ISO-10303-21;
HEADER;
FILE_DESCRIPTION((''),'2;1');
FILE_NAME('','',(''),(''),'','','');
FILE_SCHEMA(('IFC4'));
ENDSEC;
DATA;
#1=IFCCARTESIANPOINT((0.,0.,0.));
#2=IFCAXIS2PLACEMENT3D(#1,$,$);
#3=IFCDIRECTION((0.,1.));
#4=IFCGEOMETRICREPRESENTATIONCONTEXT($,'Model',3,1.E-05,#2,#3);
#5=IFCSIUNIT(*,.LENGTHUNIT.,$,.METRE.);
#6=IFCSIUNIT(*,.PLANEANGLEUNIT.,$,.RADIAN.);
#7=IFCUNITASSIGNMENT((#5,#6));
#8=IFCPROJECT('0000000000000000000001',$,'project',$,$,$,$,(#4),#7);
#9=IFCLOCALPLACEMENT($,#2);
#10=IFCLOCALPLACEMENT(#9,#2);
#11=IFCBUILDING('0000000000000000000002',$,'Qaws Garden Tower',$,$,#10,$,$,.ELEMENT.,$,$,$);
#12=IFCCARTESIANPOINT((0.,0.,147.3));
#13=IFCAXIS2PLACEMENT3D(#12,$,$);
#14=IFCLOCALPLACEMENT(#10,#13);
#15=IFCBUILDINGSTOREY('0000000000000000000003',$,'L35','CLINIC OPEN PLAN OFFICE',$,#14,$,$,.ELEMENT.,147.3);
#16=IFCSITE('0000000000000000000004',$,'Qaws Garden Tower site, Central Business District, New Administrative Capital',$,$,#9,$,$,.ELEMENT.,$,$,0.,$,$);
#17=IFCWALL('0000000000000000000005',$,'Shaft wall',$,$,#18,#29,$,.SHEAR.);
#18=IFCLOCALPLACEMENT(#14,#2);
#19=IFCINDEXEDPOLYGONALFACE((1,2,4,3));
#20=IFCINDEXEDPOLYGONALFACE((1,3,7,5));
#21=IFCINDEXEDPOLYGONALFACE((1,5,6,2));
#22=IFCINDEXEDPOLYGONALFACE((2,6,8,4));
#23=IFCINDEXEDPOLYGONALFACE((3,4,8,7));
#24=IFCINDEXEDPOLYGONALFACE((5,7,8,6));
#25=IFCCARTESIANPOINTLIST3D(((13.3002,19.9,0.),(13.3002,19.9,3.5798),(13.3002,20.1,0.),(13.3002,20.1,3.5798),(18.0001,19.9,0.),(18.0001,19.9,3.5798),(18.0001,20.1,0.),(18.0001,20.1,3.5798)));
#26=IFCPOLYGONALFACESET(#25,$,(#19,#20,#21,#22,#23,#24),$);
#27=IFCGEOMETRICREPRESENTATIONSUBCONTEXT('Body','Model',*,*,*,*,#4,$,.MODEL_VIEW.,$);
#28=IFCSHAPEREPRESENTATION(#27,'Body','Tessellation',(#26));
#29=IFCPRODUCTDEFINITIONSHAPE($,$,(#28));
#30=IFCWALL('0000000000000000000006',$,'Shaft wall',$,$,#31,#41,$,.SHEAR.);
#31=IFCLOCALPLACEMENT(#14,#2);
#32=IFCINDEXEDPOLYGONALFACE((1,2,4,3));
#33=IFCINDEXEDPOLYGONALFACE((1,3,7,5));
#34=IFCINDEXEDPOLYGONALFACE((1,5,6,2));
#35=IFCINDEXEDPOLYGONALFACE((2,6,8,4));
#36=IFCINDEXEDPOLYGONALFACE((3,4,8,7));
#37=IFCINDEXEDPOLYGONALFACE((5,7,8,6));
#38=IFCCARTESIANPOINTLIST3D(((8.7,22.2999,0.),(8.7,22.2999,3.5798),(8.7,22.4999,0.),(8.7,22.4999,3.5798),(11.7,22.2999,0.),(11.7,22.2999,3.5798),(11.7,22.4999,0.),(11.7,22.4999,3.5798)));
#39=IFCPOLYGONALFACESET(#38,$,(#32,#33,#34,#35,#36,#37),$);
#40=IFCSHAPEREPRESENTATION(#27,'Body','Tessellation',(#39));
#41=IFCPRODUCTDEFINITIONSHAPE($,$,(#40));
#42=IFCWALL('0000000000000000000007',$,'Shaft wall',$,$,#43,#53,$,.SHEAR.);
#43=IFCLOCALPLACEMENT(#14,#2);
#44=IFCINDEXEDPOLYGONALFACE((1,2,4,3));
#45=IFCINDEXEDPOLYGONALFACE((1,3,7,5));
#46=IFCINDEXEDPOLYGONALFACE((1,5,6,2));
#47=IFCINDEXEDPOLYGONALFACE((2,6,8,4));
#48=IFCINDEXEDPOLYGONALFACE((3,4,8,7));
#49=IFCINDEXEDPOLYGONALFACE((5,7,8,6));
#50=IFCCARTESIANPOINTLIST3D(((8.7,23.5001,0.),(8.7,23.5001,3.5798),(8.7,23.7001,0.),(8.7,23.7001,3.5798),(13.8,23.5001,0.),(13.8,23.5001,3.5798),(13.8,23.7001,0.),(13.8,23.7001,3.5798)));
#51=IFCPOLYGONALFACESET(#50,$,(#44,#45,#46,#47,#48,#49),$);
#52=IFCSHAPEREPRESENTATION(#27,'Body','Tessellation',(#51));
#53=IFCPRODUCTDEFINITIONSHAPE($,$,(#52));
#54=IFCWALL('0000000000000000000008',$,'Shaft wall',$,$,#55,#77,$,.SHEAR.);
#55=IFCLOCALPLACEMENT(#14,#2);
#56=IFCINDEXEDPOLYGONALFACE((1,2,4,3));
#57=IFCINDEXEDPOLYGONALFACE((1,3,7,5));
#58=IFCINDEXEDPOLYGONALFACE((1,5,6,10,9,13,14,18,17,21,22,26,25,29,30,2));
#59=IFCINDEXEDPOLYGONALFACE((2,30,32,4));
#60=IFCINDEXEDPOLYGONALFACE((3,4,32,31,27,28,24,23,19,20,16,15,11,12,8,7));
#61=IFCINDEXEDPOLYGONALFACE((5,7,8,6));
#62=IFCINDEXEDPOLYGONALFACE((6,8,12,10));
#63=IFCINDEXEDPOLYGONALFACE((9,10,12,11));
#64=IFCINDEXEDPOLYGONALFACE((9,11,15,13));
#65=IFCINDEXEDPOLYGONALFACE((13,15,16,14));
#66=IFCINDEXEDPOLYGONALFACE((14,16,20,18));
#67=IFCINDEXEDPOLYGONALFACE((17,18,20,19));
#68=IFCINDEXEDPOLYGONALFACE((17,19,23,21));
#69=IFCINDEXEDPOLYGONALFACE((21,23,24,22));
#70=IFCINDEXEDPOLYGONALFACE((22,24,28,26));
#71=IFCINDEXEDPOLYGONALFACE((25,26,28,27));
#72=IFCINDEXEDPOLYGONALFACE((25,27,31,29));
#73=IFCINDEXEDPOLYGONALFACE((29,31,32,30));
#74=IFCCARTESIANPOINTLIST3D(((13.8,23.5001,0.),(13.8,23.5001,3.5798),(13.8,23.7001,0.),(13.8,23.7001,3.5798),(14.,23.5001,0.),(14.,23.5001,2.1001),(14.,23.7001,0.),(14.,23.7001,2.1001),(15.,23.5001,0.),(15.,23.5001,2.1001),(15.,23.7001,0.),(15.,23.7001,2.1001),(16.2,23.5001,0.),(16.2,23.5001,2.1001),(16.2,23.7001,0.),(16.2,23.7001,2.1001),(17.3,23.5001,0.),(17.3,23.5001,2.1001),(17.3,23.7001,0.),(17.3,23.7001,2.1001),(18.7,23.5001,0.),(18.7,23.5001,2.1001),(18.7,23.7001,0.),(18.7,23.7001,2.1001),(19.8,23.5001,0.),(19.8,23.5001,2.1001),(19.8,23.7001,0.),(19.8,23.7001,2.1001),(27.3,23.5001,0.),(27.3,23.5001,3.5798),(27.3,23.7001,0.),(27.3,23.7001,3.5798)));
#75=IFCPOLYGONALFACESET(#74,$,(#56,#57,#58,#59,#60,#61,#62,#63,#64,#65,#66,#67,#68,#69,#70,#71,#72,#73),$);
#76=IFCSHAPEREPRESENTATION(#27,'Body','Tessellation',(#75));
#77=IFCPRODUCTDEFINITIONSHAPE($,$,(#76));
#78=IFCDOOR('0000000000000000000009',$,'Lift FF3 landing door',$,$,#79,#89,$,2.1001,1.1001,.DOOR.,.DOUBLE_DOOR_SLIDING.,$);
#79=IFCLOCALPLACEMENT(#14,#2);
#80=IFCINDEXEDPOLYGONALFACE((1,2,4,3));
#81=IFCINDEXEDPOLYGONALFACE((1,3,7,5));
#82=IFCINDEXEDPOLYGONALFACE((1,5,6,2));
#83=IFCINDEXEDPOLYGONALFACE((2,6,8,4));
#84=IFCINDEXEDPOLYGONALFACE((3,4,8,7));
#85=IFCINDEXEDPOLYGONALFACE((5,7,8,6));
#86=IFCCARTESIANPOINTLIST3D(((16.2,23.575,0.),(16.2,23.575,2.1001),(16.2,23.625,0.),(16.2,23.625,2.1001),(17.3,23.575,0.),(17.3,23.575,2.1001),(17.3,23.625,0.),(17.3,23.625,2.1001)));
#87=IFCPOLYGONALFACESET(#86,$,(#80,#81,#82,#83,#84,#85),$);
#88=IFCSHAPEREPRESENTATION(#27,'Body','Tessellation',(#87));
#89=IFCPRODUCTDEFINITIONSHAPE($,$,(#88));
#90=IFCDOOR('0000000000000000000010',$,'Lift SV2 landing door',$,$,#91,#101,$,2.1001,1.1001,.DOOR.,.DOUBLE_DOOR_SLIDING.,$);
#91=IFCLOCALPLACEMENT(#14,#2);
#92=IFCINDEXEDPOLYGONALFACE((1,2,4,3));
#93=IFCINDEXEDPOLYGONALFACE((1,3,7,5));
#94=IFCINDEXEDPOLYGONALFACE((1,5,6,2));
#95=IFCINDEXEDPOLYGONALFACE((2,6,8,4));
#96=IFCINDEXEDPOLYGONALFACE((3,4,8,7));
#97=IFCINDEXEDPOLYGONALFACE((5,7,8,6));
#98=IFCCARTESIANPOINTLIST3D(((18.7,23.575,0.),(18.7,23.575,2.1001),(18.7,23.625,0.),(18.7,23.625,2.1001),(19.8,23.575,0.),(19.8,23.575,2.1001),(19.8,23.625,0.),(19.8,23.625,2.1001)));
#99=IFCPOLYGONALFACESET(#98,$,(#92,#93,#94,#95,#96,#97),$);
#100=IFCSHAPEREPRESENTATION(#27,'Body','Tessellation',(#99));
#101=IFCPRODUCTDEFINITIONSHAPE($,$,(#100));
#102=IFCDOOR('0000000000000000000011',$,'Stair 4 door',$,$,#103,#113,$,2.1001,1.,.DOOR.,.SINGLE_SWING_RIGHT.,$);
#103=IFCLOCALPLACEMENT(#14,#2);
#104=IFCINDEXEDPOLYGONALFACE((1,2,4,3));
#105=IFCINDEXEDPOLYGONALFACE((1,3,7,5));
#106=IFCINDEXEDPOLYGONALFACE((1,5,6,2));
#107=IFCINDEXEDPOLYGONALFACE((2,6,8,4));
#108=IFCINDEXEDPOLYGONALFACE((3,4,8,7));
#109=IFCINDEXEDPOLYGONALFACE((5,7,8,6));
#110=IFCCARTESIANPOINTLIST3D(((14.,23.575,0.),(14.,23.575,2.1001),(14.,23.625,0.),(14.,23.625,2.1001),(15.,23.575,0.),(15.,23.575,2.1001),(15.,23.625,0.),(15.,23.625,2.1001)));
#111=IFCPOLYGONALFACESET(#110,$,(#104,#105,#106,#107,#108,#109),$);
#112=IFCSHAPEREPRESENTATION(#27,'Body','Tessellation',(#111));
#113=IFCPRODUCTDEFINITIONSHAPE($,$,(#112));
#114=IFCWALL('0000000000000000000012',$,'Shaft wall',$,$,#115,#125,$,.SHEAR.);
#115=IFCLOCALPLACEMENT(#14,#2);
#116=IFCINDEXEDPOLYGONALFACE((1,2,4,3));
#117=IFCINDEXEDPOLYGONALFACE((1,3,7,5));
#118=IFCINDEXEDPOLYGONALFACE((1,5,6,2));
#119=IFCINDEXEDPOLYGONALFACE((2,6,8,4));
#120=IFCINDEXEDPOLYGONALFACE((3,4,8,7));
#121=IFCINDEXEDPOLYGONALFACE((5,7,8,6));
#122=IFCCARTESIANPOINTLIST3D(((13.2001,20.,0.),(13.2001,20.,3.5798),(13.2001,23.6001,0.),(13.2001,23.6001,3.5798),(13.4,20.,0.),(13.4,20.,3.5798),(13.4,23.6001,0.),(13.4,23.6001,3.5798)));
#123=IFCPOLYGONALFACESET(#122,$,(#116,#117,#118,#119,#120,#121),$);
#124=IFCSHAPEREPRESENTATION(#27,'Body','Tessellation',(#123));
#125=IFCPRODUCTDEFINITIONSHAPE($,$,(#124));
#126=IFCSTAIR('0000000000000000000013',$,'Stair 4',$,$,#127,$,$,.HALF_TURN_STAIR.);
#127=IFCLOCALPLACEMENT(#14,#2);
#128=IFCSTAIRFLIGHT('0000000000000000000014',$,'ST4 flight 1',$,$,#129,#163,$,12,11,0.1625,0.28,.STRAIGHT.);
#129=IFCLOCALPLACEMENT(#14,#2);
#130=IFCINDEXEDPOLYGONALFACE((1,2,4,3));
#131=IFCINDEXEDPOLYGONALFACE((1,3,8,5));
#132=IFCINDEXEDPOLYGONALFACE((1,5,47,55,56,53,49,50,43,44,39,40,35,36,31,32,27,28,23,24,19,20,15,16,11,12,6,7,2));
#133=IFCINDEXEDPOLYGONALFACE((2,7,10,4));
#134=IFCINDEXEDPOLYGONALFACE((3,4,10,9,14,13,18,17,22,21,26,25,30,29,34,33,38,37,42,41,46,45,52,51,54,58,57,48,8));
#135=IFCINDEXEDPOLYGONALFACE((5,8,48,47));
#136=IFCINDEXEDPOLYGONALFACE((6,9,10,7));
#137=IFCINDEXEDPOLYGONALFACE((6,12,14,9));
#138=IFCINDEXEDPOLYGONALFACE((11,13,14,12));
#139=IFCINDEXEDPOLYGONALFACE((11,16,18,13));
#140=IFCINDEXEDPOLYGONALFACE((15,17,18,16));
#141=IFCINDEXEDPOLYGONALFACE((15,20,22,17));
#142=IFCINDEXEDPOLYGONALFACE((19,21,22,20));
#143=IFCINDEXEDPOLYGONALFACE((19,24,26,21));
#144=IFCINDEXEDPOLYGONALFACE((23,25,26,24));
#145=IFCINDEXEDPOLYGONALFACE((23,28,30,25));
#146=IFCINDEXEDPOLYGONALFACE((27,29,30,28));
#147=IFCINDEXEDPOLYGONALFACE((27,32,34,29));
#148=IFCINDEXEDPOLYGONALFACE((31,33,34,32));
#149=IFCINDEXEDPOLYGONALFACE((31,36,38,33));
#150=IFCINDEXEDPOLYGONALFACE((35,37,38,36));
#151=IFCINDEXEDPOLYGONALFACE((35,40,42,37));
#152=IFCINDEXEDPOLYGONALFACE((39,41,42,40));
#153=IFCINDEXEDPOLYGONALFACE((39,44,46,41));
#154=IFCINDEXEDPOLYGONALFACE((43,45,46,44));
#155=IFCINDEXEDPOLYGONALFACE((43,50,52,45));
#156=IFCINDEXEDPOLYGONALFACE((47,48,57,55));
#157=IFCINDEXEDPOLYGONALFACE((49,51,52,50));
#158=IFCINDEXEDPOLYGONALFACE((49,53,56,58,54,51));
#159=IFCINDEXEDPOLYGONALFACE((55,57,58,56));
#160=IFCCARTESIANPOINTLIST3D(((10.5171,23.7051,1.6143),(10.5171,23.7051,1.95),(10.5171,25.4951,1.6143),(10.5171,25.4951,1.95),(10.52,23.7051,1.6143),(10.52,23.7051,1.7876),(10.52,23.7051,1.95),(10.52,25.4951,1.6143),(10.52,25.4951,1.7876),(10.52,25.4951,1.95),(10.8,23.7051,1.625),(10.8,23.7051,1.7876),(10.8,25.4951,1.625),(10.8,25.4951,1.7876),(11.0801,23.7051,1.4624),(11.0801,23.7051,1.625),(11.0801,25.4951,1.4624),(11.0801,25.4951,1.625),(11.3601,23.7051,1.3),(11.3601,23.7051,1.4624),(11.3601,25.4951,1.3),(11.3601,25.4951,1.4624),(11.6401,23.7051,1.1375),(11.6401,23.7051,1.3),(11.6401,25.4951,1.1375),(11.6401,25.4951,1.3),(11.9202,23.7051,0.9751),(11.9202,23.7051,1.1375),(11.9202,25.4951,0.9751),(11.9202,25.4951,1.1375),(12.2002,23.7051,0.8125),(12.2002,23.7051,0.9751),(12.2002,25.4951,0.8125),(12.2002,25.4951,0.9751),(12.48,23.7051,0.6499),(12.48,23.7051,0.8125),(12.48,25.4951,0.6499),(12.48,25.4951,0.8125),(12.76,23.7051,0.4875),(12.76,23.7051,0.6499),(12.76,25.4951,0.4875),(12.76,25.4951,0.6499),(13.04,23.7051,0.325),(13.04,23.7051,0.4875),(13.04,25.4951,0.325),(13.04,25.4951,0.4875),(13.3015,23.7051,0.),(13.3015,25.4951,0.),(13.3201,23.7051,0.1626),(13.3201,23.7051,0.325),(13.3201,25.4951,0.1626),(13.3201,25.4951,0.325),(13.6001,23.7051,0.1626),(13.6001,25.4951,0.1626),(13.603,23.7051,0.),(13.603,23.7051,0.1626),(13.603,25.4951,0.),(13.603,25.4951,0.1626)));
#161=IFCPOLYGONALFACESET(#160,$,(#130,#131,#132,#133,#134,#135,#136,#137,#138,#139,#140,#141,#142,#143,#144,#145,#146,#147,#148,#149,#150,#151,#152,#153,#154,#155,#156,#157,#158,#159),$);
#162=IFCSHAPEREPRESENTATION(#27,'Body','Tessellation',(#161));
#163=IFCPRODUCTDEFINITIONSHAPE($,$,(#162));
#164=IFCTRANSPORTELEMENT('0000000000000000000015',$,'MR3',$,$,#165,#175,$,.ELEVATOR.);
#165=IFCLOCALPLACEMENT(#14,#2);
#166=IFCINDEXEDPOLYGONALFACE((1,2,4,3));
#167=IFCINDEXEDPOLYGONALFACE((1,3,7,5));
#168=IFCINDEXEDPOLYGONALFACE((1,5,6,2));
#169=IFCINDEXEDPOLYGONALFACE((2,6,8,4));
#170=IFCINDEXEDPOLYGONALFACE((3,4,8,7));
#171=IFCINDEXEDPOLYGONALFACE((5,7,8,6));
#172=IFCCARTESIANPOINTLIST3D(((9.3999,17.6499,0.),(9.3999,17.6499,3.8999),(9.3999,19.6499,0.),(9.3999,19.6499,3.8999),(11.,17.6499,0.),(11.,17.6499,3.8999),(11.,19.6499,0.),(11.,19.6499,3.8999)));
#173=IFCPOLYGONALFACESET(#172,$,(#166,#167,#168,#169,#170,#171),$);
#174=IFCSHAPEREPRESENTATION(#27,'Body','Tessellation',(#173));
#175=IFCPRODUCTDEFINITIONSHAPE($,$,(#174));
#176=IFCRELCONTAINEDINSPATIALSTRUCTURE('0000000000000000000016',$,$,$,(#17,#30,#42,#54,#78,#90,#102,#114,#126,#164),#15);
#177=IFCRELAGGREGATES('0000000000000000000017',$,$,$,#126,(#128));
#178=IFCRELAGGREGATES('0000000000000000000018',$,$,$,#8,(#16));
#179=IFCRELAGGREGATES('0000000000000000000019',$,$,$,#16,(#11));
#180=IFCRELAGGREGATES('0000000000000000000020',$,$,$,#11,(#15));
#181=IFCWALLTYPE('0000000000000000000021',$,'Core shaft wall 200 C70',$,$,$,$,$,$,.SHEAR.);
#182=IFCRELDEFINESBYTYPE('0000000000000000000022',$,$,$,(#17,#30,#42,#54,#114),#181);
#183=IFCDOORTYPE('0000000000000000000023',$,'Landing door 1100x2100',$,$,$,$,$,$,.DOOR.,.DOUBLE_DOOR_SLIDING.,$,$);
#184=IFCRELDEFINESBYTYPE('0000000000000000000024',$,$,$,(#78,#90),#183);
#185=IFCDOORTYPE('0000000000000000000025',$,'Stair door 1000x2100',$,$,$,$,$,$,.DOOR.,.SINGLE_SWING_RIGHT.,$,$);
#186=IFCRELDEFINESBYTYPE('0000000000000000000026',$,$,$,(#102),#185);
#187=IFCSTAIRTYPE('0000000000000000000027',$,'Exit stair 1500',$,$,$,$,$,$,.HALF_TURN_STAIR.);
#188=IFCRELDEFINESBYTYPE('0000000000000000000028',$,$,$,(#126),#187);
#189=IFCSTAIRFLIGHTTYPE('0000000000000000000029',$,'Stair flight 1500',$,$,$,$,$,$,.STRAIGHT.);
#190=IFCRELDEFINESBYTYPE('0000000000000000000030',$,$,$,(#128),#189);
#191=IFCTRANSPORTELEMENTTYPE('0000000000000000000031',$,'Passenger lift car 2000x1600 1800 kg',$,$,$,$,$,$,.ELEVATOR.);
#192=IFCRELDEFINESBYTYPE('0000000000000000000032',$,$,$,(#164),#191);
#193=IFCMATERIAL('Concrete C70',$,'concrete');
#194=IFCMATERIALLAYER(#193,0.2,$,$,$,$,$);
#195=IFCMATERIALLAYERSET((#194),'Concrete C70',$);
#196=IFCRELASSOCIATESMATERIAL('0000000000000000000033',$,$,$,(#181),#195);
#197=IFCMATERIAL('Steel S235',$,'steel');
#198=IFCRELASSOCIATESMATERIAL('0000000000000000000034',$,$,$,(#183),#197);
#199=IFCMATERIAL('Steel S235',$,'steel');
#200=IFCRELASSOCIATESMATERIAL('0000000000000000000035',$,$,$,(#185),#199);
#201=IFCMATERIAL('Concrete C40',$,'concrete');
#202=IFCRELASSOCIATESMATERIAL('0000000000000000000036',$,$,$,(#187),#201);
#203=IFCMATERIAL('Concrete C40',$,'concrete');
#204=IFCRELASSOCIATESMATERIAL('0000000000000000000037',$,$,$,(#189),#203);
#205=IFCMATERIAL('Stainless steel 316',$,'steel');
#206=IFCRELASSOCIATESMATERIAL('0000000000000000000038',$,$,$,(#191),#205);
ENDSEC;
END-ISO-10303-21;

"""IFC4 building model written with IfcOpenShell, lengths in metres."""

from ifc_helpers import new_model, si_unit, direction, frame, frame_2d, origin, origin_2d, place, context, subcontext, project, spatial, polyline, rectangle, outline, extrude, material, layer, layer_set, type_object, element, fill, aggregate, save


model = new_model("IFC4")

# Units and contexts
model_context = context("Model", 3, precision=1e-05, world=origin(), true_north=direction((0.0, 1.0)))
body_context = subcontext(model_context, "Body", "Model", "MODEL_VIEW")
ifc_project = project(units=[si_unit("LENGTHUNIT", "METRE"), si_unit("PLANEANGLEUNIT", "RADIAN")], contexts=[model_context])

# Site, building, storey
site_placement = place(None, origin())
site = spatial("IfcSite", under=ifc_project, at=site_placement, Name="Qaws Garden Tower site, Central Business District, New Administrative Capital", CompositionType="ELEMENT", RefElevation=0.0)
building_placement = place(site_placement, origin())
building = spatial("IfcBuilding", under=site, at=building_placement, Name="Qaws Garden Tower", CompositionType="ELEMENT")
storey_placement = place(building_placement, frame((0.0, 0.0, 147.3)))
storey = spatial("IfcBuildingStorey", under=building, at=storey_placement, Name="L35", Description="CLINIC OPEN PLAN OFFICE", CompositionType="ELEMENT", Elevation=147.3)

# Walls
ifc_material_1 = material(Name="Concrete C70", Category="concrete")
ifc_layer_1 = layer(ifc_material_1, 0.2)
ifc_layer_set_1 = layer_set([ifc_layer_1], Name="Concrete C70")
wall_type_1 = type_object("IfcWallType", Name="Core shaft wall 200 C70", PredefinedType="SHEAR", material=ifc_layer_set_1)
wall_1_placement = place(storey_placement, frame((13.3, 20.0, 0.0), z_axis=(0.0, 0.0, 1.0), x_axis=(1.0, 0.0, 0.0)))
element("IfcWall", 1, at=wall_1_placement, inside=storey, type_object=wall_type_1, Name="Shaft wall", PredefinedType="SHEAR", context=body_context, shape_type="SweptSolid", body=[
    extrude(rectangle(XDim=4.7, YDim=0.2, at=frame_2d((2.3501, 0.0))), origin(), (0.0, 0.0, 1.0), 3.5798),
])
wall_2_placement = place(storey_placement, frame((8.7, 22.3999, 0.0), z_axis=(0.0, 0.0, 1.0), x_axis=(1.0, 0.0, 0.0)))
element("IfcWall", 2, at=wall_2_placement, inside=storey, type_object=wall_type_1, Name="Shaft wall", PredefinedType="SHEAR", context=body_context, shape_type="SweptSolid", body=[
    extrude(rectangle(XDim=3.0, YDim=0.2, at=frame_2d((1.5, 0.0))), origin(), (0.0, 0.0, 1.0), 3.5798),
])
wall_3_placement = place(storey_placement, frame((8.7, 23.6001, 0.0), z_axis=(0.0, 0.0, 1.0), x_axis=(1.0, 0.0, 0.0)))
element("IfcWall", 3, at=wall_3_placement, inside=storey, type_object=wall_type_1, Name="Shaft wall", PredefinedType="SHEAR", context=body_context, shape_type="SweptSolid", body=[
    extrude(rectangle(XDim=5.1001, YDim=0.2, at=frame_2d((2.55, 0.0))), origin(), (0.0, 0.0, 1.0), 3.5798),
])

# Wall, openings, doors
wall_4_placement = place(storey_placement, frame((13.8, 23.6001, 0.0), z_axis=(0.0, 0.0, 1.0), x_axis=(1.0, 0.0, 0.0)))
wall_4 = element("IfcWall", 4, at=wall_4_placement, inside=storey, type_object=wall_type_1, Name="Shaft wall", PredefinedType="SHEAR", context=body_context, shape_type="SweptSolid", body=[
    extrude(rectangle(XDim=13.5, YDim=0.2, at=frame_2d((6.75, 0.0))), origin(), (0.0, 0.0, 1.0), 3.5798),
])
opening_1_placement = place(wall_4_placement, frame((2.3999, 0.0, 0.0)))
opening_1 = element("IfcOpeningElement", 5, at=opening_1_placement, cuts=wall_4, PredefinedType="OPENING", context=body_context, shape_type="SweptSolid", body=[
    extrude(rectangle(XDim=1.1001, YDim=2.1001, at=frame_2d((0.55, 1.05))), frame((0.0, 0.1099, 0.0), z_axis=(0.0, -1.0, 0.0), x_axis=(1.0, 0.0, 0.0)), (0.0, 0.0, 1.0), 0.22),
])
opening_2_placement = place(wall_4_placement, frame((4.8999, 0.0, 0.0)))
opening_2 = element("IfcOpeningElement", 6, at=opening_2_placement, cuts=wall_4, PredefinedType="OPENING", context=body_context, shape_type="SweptSolid", body=[
    extrude(rectangle(XDim=1.1001, YDim=2.1001, at=frame_2d((0.55, 1.05))), frame((0.0, 0.1099, 0.0), z_axis=(0.0, -1.0, 0.0), x_axis=(1.0, 0.0, 0.0)), (0.0, 0.0, 1.0), 0.22),
])
opening_3_placement = place(wall_4_placement, frame((0.2, 0.0, 0.0)))
opening_3 = element("IfcOpeningElement", 7, at=opening_3_placement, cuts=wall_4, PredefinedType="OPENING", context=body_context, shape_type="SweptSolid", body=[
    extrude(rectangle(XDim=1.0, YDim=2.1001, at=frame_2d((0.5, 1.05))), frame((0.0, 0.1099, 0.0), z_axis=(0.0, -1.0, 0.0), x_axis=(1.0, 0.0, 0.0)), (0.0, 0.0, 1.0), 0.22),
])
ifc_material_2 = material(Name="Steel S235", Category="steel")
door_type_1 = type_object("IfcDoorType", Name="Landing door 1100x2100", OperationType="DOUBLE_DOOR_SLIDING", PredefinedType="DOOR", material=ifc_material_2)
door_1_placement = place(opening_1_placement, origin())
door_1 = element("IfcDoor", 8, at=door_1_placement, inside=storey, type_object=door_type_1, Name="Lift FF3 landing door", OperationType="DOUBLE_DOOR_SLIDING", OverallHeight=2.1001, OverallWidth=1.1001, PredefinedType="DOOR", context=body_context, shape_type="SweptSolid", body=[
    extrude(rectangle(XDim=1.1001, YDim=2.1001, at=frame_2d((0.55, 1.05))), frame((0.0, 0.0249, 0.0), z_axis=(0.0, -1.0, 0.0), x_axis=(1.0, 0.0, 0.0)), (0.0, 0.0, 1.0), 0.05),
])
fill(opening_1, door_1)
door_2_placement = place(opening_2_placement, origin())
door_2 = element("IfcDoor", 9, at=door_2_placement, inside=storey, type_object=door_type_1, Name="Lift SV2 landing door", OperationType="DOUBLE_DOOR_SLIDING", OverallHeight=2.1001, OverallWidth=1.1001, PredefinedType="DOOR", context=body_context, shape_type="SweptSolid", body=[
    extrude(rectangle(XDim=1.1001, YDim=2.1001, at=frame_2d((0.55, 1.05))), frame((0.0, 0.0249, 0.0), z_axis=(0.0, -1.0, 0.0), x_axis=(1.0, 0.0, 0.0)), (0.0, 0.0, 1.0), 0.05),
])
fill(opening_2, door_2)
ifc_material_3 = material(Name="Steel S235", Category="steel")
door_type_2 = type_object("IfcDoorType", Name="Stair door 1000x2100", OperationType="SINGLE_SWING_RIGHT", PredefinedType="DOOR", material=ifc_material_3)
door_3_placement = place(opening_3_placement, origin())
door_3 = element("IfcDoor", 10, at=door_3_placement, inside=storey, type_object=door_type_2, Name="Stair 4 door", OperationType="SINGLE_SWING_RIGHT", OverallHeight=2.1001, OverallWidth=1.0, PredefinedType="DOOR", context=body_context, shape_type="SweptSolid", body=[
    extrude(rectangle(XDim=1.0, YDim=2.1001, at=frame_2d((0.5, 1.05))), frame((0.0, 0.0249, 0.0), z_axis=(0.0, -1.0, 0.0), x_axis=(1.0, 0.0, 0.0)), (0.0, 0.0, 1.0), 0.05),
])
fill(opening_3, door_3)

# Wall
wall_5_placement = place(storey_placement, frame((13.3, 20.0, 0.0), z_axis=(0.0, 0.0, 1.0), x_axis=(0.0, 1.0, 0.0)))
element("IfcWall", 11, at=wall_5_placement, inside=storey, type_object=wall_type_1, Name="Shaft wall", PredefinedType="SHEAR", context=body_context, shape_type="SweptSolid", body=[
    extrude(rectangle(XDim=3.6001, YDim=0.2, at=frame_2d((1.8, 0.0))), origin(), (0.0, 0.0, 1.0), 3.5798),
])

# Stair, stair flight
ifc_material_4 = material(Name="Concrete C40", Category="concrete")
stair_type = type_object("IfcStairType", Name="Exit stair 1500", PredefinedType="HALF_TURN_STAIR", material=ifc_material_4)
stair_placement = place(storey_placement, origin())
stair = element("IfcStair", 12, at=stair_placement, inside=storey, type_object=stair_type, Name="Stair 4", PredefinedType="HALF_TURN_STAIR")
ifc_material_5 = material(Name="Concrete C40", Category="concrete")
stair_flight_type = type_object("IfcStairFlightType", Name="Stair flight 1500", PredefinedType="STRAIGHT", material=ifc_material_5)
stair_flight_placement = place(storey_placement, frame((13.6001, 24.6001, 0.0), z_axis=(0.0, 0.0, 1.0), x_axis=(-1.0, 0.0, 0.0)))
stair_flight = element("IfcStairFlight", 13, at=stair_flight_placement, type_object=stair_flight_type, Name="ST4 flight 1", NumberOfRisers=12, NumberOfTreads=11, PredefinedType="STRAIGHT", RiserHeight=0.1625, TreadLength=0.28, context=body_context, shape_type="SweptSolid", body=[
    extrude(outline(polyline([(-0.0029, 0.0), (-0.0029, 0.1626), (0.0, 0.1626), (0.28, 0.1626), (0.28, 0.325), (0.5601, 0.325), (0.5601, 0.4875), (0.8401, 0.4875), (0.8401, 0.6499), (1.1201, 0.6499), (1.1201, 0.8125), (1.3999, 0.8125), (1.3999, 0.9751), (1.6799, 0.9751), (1.6799, 1.1375), (1.96, 1.1375), (1.96, 1.3), (2.24, 1.3), (2.24, 1.4624), (2.52, 1.4624), (2.52, 1.625), (2.8, 1.625), (2.8, 1.7876), (3.0801, 1.7876), (3.0801, 1.95), (3.083, 1.95), (3.083, 1.6143), (3.0801, 1.6143), (0.2986, 0.0), (-0.0029, 0.0)])), frame((0.0, 0.895, 0.0), z_axis=(0.0, -1.0, 0.0), x_axis=(1.0, 0.0, 0.0)), (0.0, 0.0, 1.0), 1.79),
])
aggregate(stair, [stair_flight])

# Transport element
ifc_material_6 = material(Name="Stainless steel 316", Category="steel")
transport_element_type = type_object("IfcTransportElementType", Name="Passenger lift car 2000x1600 1800 kg", PredefinedType="ELEVATOR", material=ifc_material_6)
for number, where, z_axis, x_axis, name in (
    (14, (10.2, 18.6499, 0.0), (0.0, 0.0, 1.0), (1.0, 0.0, 0.0), "MR3"),
):
    element("IfcTransportElement", number, at=place(storey_placement, frame(where, z_axis=z_axis, x_axis=x_axis)), inside=storey, type_object=transport_element_type, Name=name, PredefinedType="ELEVATOR", context=body_context, shape_type="SweptSolid", body=[
        extrude(rectangle(XDim=1.6001, YDim=2.0, at=origin_2d()), origin(), (0.0, 0.0, 1.0), 3.8999),
    ])

save(model, "model.ifc")
